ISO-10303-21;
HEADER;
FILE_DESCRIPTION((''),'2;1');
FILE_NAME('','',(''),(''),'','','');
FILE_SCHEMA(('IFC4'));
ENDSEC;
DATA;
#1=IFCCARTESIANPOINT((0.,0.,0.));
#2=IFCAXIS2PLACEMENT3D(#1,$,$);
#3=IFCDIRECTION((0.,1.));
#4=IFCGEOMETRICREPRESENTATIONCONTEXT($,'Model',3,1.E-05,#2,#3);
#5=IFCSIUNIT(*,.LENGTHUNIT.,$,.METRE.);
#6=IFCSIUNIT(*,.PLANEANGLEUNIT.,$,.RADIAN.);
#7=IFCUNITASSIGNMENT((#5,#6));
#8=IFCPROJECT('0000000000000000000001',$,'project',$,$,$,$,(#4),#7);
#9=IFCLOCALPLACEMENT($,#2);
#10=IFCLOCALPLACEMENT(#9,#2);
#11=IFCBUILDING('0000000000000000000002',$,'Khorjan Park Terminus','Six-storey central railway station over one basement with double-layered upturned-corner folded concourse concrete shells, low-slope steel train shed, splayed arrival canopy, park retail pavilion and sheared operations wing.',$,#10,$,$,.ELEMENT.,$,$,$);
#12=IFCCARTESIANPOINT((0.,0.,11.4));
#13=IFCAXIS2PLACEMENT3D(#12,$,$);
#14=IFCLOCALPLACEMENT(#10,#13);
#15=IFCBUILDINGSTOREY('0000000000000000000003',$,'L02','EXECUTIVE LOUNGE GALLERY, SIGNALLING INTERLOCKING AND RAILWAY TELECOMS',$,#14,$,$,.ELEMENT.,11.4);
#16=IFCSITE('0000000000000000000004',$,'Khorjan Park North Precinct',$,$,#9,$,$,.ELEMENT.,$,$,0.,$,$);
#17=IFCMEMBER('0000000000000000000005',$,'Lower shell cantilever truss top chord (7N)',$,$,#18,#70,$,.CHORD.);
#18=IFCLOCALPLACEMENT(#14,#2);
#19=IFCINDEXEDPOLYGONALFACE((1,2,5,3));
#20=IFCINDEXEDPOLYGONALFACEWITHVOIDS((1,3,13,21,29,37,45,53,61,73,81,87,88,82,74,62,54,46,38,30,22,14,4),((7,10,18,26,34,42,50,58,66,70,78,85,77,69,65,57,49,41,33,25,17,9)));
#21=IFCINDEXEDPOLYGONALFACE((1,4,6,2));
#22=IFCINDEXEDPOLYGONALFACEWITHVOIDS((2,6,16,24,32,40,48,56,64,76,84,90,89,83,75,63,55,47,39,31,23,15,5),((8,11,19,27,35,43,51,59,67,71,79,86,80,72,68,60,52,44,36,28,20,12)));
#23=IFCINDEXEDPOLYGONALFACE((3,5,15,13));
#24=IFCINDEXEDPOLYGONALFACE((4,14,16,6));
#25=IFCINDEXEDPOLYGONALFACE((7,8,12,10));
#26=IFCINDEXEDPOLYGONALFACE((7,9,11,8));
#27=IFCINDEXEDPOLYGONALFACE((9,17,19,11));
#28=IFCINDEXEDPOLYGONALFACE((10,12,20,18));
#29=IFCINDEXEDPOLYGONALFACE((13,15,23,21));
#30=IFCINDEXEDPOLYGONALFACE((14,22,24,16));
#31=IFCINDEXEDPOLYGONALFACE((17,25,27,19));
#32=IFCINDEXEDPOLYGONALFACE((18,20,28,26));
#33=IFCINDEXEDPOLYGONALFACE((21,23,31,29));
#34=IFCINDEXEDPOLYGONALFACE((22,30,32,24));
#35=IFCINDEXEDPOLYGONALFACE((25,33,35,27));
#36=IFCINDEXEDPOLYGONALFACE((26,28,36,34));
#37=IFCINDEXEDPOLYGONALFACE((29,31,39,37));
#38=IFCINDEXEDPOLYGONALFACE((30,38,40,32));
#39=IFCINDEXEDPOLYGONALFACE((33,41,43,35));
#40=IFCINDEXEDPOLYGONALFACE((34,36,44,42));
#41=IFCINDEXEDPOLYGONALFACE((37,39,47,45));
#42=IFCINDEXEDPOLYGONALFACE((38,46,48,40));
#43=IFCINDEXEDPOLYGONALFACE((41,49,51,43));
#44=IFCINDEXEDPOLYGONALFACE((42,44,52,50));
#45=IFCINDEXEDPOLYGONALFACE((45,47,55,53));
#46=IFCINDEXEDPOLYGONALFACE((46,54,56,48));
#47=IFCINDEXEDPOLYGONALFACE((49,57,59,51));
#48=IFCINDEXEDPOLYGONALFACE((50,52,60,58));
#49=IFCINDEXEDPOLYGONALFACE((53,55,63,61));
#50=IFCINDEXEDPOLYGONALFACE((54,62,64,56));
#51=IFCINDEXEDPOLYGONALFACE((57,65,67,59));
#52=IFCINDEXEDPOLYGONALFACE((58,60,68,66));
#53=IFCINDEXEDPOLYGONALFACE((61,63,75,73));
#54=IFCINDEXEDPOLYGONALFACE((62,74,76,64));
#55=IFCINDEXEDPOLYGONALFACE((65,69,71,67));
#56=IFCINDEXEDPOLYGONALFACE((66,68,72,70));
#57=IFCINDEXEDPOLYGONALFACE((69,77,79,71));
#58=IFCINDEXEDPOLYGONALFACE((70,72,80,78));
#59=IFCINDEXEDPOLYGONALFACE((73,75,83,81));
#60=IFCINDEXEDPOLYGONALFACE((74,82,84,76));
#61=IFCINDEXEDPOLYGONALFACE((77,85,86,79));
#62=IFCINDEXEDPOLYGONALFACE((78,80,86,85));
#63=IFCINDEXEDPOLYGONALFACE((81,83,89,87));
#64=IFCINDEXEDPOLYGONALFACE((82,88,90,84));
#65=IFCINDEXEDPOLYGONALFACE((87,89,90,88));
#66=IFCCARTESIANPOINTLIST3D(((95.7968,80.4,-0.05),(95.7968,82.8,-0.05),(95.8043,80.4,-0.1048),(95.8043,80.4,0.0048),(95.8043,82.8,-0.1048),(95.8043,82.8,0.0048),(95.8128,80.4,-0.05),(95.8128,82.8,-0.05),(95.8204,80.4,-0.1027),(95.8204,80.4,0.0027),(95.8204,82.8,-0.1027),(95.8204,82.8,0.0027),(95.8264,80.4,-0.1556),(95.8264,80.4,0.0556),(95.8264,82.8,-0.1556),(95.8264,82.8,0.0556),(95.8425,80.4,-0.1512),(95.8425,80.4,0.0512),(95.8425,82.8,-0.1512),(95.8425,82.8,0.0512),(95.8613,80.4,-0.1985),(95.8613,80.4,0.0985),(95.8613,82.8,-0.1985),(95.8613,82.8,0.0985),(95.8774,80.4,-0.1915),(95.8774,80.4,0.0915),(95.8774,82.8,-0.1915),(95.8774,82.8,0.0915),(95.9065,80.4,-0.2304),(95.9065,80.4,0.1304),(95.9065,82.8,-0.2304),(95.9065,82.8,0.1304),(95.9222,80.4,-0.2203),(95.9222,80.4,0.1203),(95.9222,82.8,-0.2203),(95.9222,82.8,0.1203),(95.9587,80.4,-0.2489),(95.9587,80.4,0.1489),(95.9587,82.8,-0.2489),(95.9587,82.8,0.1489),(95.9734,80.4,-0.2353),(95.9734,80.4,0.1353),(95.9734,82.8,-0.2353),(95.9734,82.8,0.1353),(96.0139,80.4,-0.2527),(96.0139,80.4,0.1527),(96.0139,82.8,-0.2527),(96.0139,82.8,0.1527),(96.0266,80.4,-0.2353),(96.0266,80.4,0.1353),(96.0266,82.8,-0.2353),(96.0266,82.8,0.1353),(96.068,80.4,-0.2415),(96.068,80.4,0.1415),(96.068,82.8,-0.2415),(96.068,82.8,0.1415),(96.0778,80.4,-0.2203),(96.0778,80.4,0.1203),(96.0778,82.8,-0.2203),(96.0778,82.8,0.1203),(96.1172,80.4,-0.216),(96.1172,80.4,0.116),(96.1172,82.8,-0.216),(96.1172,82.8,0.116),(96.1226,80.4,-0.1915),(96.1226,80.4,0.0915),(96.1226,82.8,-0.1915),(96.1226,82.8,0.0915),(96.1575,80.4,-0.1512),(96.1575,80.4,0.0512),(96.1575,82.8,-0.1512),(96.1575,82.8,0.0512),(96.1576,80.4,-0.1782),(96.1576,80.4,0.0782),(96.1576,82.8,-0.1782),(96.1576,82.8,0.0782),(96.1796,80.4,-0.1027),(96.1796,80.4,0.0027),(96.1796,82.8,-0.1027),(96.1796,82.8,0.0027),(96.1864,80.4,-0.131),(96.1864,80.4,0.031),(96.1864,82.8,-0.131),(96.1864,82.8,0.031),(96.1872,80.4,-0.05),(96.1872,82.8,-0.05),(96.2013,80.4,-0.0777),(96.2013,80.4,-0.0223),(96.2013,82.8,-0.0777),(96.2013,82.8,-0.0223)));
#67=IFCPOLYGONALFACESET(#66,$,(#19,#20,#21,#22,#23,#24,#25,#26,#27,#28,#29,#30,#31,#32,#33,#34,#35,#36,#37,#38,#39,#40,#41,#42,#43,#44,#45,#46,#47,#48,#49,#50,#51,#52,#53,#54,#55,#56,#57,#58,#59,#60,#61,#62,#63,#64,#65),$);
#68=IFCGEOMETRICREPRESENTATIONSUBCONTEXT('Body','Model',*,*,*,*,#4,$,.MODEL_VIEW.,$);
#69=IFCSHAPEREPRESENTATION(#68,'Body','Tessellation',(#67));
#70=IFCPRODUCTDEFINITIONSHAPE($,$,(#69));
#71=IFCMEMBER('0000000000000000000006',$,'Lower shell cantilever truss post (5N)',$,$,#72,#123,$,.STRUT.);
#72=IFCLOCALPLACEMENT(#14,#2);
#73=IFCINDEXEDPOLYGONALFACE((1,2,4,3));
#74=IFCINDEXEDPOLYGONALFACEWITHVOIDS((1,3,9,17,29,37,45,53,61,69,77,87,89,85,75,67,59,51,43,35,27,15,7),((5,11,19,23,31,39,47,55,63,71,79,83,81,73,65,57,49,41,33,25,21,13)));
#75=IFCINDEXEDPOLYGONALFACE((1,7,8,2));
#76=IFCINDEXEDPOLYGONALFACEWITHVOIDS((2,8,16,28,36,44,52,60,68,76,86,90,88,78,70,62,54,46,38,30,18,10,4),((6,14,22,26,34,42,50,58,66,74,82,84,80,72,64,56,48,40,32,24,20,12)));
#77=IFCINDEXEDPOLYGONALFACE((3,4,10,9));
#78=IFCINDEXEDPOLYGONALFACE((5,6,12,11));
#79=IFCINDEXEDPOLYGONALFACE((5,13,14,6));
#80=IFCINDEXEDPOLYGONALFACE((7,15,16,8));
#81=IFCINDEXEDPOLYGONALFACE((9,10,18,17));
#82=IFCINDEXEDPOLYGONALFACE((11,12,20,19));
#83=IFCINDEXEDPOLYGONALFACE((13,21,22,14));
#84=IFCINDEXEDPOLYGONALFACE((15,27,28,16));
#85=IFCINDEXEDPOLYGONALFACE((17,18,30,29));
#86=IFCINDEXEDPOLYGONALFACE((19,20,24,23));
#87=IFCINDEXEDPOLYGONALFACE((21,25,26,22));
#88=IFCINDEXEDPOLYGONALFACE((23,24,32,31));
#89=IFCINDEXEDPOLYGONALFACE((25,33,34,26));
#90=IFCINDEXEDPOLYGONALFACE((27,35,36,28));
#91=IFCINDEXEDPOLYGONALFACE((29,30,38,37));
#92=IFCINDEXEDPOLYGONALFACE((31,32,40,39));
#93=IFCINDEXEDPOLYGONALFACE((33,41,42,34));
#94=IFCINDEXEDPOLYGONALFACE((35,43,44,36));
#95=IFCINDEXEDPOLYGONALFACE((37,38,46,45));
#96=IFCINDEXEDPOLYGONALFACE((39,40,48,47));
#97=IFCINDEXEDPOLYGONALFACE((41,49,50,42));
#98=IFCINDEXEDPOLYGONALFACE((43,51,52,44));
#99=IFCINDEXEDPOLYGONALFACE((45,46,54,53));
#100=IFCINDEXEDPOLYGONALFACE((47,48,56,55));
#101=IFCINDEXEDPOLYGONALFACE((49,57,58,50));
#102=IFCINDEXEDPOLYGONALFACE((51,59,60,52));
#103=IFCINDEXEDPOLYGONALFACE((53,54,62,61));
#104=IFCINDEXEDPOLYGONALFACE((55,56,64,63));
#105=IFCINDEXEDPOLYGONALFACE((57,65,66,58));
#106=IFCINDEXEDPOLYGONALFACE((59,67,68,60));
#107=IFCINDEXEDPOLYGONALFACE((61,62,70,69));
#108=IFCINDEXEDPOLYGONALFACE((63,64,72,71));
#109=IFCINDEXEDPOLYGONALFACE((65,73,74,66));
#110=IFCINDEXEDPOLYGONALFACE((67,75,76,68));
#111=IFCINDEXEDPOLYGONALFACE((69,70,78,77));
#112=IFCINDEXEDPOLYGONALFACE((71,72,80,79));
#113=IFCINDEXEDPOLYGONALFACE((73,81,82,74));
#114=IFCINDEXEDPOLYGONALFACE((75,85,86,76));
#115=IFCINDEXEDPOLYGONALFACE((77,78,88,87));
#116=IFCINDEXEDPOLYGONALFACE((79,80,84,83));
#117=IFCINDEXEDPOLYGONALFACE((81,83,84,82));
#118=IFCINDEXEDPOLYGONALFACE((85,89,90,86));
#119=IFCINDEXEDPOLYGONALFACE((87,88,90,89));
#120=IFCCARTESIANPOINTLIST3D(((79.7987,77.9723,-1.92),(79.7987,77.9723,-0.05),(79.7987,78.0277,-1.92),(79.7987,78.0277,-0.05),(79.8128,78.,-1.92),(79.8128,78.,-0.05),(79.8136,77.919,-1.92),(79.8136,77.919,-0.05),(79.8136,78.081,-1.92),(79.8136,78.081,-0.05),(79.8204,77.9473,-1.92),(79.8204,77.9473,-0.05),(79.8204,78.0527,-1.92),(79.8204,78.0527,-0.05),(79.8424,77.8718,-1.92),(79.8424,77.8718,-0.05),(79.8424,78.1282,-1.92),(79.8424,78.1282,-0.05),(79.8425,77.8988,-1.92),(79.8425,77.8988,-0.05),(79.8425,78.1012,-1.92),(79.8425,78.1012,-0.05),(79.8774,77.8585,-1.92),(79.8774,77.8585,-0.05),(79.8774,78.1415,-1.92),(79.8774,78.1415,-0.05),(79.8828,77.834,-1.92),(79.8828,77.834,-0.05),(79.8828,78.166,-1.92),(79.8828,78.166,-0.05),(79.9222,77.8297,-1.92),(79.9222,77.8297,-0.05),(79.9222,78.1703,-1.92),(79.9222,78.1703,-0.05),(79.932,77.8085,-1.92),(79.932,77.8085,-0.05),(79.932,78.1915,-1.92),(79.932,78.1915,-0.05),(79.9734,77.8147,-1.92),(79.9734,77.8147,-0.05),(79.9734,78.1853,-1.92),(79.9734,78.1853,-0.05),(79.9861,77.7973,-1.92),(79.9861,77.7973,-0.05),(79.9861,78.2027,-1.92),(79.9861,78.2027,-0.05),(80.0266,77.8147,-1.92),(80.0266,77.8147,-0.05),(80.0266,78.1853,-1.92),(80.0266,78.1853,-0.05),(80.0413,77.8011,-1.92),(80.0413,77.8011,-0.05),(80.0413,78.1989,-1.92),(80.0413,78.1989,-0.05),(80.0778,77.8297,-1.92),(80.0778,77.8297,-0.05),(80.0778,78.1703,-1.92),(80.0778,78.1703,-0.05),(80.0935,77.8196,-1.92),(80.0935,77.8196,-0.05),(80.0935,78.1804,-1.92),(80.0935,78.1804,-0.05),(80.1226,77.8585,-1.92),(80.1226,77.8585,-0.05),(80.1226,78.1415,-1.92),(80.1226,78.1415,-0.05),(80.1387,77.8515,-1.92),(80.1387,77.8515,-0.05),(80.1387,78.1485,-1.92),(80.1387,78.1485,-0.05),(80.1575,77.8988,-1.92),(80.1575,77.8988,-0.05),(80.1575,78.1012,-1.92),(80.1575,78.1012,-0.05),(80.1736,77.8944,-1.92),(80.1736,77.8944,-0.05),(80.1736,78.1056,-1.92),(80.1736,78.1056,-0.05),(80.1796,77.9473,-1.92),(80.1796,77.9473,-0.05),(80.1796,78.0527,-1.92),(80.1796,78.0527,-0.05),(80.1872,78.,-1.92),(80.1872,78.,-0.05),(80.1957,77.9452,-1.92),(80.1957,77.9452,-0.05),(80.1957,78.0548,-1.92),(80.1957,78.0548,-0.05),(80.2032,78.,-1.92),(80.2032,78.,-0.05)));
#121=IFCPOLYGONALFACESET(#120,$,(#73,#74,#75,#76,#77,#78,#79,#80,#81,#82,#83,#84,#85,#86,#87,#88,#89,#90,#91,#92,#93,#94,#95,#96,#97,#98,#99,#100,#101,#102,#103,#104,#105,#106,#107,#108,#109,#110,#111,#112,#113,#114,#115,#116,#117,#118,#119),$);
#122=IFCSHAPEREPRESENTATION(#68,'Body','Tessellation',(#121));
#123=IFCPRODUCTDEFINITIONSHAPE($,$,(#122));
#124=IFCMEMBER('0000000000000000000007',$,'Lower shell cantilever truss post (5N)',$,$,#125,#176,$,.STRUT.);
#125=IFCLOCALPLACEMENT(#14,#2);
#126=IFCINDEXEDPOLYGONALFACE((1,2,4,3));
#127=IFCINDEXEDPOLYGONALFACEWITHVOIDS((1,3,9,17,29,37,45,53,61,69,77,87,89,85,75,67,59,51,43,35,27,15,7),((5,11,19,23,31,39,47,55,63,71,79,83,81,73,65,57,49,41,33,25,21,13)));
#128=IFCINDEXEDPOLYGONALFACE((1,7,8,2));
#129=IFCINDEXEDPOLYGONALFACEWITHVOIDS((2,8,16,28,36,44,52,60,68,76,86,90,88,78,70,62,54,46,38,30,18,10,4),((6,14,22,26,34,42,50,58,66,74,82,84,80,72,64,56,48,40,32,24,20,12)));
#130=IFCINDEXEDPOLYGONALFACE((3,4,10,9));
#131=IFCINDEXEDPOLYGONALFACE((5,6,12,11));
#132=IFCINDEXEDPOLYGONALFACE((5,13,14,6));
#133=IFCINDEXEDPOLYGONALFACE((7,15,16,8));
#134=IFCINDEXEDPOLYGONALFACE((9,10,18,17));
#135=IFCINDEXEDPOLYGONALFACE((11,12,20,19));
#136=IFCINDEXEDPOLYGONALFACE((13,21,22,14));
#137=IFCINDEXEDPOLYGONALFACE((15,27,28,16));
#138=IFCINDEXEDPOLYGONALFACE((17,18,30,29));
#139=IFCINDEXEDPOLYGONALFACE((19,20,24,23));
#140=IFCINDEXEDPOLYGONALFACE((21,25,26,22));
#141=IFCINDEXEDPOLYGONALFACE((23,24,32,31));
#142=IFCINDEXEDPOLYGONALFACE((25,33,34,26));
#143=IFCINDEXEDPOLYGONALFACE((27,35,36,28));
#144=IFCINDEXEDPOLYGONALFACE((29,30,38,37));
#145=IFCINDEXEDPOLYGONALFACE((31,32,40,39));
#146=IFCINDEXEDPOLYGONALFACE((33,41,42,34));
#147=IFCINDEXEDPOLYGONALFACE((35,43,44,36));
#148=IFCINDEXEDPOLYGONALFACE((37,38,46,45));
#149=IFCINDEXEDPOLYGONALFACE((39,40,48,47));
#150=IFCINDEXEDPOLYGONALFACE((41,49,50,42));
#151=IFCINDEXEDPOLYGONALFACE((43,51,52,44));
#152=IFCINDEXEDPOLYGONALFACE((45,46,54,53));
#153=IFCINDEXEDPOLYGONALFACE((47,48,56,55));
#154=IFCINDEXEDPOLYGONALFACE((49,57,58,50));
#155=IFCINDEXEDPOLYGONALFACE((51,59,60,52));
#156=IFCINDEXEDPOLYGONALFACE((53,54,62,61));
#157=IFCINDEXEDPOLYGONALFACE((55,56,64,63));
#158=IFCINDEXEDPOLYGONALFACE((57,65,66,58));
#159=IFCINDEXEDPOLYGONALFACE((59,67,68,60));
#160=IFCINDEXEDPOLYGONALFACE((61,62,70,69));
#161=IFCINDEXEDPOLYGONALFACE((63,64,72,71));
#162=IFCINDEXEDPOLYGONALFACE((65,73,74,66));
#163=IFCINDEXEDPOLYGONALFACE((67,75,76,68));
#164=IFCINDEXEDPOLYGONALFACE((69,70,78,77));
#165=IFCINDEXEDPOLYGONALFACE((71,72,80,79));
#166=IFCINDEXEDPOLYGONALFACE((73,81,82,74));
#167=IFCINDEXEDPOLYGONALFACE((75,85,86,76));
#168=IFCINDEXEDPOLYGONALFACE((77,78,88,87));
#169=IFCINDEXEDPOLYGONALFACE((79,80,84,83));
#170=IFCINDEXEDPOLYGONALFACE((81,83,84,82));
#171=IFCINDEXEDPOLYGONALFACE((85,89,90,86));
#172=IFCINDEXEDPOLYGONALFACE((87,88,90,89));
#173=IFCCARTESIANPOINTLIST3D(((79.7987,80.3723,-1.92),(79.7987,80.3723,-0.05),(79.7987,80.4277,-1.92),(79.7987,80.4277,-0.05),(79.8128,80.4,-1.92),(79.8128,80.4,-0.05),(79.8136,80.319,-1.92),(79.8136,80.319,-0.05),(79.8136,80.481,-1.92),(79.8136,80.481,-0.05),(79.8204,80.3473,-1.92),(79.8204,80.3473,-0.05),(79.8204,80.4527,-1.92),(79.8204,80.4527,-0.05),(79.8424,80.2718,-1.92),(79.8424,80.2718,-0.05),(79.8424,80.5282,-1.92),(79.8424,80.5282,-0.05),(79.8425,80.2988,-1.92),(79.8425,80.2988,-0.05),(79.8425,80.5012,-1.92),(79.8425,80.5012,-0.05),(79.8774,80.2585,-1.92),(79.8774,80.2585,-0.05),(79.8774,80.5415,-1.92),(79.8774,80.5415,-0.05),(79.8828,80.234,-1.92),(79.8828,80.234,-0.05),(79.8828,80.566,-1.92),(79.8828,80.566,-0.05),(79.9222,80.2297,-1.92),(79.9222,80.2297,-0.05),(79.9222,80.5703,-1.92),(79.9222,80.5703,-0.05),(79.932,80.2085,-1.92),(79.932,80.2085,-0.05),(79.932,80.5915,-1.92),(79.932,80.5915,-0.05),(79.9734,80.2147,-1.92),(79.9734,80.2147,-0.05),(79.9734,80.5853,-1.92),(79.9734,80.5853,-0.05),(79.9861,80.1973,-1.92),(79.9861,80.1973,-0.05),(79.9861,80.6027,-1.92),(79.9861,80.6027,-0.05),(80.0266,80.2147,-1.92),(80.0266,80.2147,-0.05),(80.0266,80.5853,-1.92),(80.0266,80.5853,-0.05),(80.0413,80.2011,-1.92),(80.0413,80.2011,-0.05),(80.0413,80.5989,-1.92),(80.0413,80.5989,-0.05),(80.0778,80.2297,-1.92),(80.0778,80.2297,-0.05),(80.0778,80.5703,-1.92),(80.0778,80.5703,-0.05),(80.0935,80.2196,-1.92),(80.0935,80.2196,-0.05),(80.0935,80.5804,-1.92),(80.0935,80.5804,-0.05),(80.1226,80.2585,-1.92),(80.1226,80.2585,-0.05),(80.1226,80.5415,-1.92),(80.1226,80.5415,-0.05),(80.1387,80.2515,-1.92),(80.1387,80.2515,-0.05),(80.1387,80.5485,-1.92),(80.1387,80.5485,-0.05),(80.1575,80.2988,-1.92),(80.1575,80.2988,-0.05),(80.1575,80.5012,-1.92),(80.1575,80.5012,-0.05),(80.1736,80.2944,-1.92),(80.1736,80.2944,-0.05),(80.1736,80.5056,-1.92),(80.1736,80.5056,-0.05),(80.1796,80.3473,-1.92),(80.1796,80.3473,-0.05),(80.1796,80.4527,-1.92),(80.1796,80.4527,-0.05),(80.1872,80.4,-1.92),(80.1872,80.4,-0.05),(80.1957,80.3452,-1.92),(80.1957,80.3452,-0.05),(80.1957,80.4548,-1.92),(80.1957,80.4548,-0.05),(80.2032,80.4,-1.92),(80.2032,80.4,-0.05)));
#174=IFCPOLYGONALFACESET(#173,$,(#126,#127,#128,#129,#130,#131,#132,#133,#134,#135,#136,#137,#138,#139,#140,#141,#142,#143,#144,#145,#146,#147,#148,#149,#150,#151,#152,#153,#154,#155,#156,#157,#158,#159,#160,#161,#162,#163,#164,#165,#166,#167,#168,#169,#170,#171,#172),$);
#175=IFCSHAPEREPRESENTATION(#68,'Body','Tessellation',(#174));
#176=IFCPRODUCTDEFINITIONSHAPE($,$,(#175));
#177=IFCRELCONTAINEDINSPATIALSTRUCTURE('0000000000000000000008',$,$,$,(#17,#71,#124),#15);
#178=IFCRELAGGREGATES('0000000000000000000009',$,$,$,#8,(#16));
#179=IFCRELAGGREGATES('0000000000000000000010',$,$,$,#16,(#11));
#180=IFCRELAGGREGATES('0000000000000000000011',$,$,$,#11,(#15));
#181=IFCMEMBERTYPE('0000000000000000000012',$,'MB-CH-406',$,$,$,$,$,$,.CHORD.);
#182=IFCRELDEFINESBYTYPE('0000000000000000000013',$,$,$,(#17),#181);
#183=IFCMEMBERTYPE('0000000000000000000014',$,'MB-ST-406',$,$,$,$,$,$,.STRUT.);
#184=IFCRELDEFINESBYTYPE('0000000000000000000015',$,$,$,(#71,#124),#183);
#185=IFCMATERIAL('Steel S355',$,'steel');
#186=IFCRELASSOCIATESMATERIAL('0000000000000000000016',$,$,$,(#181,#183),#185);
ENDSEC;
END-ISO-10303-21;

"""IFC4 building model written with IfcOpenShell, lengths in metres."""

from ifc_helpers import new_model, si_unit, direction, frame, origin, origin_2d, place, context, subcontext, project, spatial, hollow_circle, extrude, material, material_profile, profile_set, type_object, element, save


model = new_model("IFC4")

# Units and contexts
model_context = context("Model", 3, precision=1e-05, world=origin(), true_north=direction((0.0, 1.0)))
body_context = subcontext(model_context, "Body", "Model", "MODEL_VIEW")
ifc_project = project(units=[si_unit("LENGTHUNIT", "METRE"), si_unit("PLANEANGLEUNIT", "RADIAN")], contexts=[model_context])

# Site, building, storey
site_placement = place(None, origin())
site = spatial("IfcSite", under=ifc_project, at=site_placement, Name="Khorjan Park North Precinct", CompositionType="ELEMENT", RefElevation=0.0)
building_placement = place(site_placement, origin())
building = spatial("IfcBuilding", under=site, at=building_placement, Name="Khorjan Park Terminus", Description="Six-storey central railway station over one basement with double-layered upturned-corner folded concourse concrete shells, low-slope steel train shed, splayed arrival canopy, park retail pavilion and sheared operations wing.", CompositionType="ELEMENT")
storey_placement = place(building_placement, frame((0.0, 0.0, 11.4)))
storey = spatial("IfcBuildingStorey", under=building, at=storey_placement, Name="L02", Description="EXECUTIVE LOUNGE GALLERY, SIGNALLING INTERLOCKING AND RAILWAY TELECOMS", CompositionType="ELEMENT", Elevation=11.4)

# Shared definitions
ifc_material_1 = material(Name="Steel S355", Category="steel")

# Members
ifc_material_profile_1 = material_profile(ifc_material_1, hollow_circle(Radius=0.2032, WallThickness=0.016, at=origin_2d()), Name="CHS 406.4x16")
ifc_profile_set_1 = profile_set([ifc_material_profile_1], Name="Steel S355")
member_type_1 = type_object("IfcMemberType", Name="MB-CH-406", PredefinedType="CHORD", material=ifc_profile_set_1)
for number, where, z_axis, x_axis, name in (
    (1, (96.0, 80.4, -0.05), (0.0, 1.0, 0.0), (-1.0, 0.0, 0.0), "Lower shell cantilever truss top chord (7N)"),
):
    element("IfcMember", number, at=place(storey_placement, frame(where, z_axis=z_axis, x_axis=x_axis)), inside=storey, type_object=member_type_1, Name=name, PredefinedType="CHORD", context=body_context, shape_type="SweptSolid", body=[
        extrude(hollow_circle(Radius=0.2032, WallThickness=0.016, at=origin_2d()), origin(), (0.0, 0.0, 1.0), 2.4),
    ])
ifc_material_profile_2 = material_profile(ifc_material_1, hollow_circle(Radius=0.2032, WallThickness=0.016, at=origin_2d()), Name="CHS 406.4x16")
ifc_profile_set_2 = profile_set([ifc_material_profile_2], Name="Steel S355")
member_type_2 = type_object("IfcMemberType", Name="MB-ST-406", PredefinedType="STRUT", material=ifc_profile_set_2)
for number, where, z_axis, x_axis, name in (
    (2, (80.0, 78.0, -1.92), (0.0, 0.0, 1.0), (1.0, 0.0, 0.0), "Lower shell cantilever truss post (5N)"),
    (3, (80.0, 80.4, -1.92), (0.0, 0.0, 1.0), (1.0, 0.0, 0.0), "Lower shell cantilever truss post (5N)"),
):
    element("IfcMember", number, at=place(storey_placement, frame(where, z_axis=z_axis, x_axis=x_axis)), inside=storey, type_object=member_type_2, Name=name, PredefinedType="STRUT", context=body_context, shape_type="SweptSolid", body=[
        extrude(hollow_circle(Radius=0.2032, WallThickness=0.016, at=origin_2d()), origin(), (0.0, 0.0, 1.0), 1.87),
    ])

save(model, "model.ifc")
